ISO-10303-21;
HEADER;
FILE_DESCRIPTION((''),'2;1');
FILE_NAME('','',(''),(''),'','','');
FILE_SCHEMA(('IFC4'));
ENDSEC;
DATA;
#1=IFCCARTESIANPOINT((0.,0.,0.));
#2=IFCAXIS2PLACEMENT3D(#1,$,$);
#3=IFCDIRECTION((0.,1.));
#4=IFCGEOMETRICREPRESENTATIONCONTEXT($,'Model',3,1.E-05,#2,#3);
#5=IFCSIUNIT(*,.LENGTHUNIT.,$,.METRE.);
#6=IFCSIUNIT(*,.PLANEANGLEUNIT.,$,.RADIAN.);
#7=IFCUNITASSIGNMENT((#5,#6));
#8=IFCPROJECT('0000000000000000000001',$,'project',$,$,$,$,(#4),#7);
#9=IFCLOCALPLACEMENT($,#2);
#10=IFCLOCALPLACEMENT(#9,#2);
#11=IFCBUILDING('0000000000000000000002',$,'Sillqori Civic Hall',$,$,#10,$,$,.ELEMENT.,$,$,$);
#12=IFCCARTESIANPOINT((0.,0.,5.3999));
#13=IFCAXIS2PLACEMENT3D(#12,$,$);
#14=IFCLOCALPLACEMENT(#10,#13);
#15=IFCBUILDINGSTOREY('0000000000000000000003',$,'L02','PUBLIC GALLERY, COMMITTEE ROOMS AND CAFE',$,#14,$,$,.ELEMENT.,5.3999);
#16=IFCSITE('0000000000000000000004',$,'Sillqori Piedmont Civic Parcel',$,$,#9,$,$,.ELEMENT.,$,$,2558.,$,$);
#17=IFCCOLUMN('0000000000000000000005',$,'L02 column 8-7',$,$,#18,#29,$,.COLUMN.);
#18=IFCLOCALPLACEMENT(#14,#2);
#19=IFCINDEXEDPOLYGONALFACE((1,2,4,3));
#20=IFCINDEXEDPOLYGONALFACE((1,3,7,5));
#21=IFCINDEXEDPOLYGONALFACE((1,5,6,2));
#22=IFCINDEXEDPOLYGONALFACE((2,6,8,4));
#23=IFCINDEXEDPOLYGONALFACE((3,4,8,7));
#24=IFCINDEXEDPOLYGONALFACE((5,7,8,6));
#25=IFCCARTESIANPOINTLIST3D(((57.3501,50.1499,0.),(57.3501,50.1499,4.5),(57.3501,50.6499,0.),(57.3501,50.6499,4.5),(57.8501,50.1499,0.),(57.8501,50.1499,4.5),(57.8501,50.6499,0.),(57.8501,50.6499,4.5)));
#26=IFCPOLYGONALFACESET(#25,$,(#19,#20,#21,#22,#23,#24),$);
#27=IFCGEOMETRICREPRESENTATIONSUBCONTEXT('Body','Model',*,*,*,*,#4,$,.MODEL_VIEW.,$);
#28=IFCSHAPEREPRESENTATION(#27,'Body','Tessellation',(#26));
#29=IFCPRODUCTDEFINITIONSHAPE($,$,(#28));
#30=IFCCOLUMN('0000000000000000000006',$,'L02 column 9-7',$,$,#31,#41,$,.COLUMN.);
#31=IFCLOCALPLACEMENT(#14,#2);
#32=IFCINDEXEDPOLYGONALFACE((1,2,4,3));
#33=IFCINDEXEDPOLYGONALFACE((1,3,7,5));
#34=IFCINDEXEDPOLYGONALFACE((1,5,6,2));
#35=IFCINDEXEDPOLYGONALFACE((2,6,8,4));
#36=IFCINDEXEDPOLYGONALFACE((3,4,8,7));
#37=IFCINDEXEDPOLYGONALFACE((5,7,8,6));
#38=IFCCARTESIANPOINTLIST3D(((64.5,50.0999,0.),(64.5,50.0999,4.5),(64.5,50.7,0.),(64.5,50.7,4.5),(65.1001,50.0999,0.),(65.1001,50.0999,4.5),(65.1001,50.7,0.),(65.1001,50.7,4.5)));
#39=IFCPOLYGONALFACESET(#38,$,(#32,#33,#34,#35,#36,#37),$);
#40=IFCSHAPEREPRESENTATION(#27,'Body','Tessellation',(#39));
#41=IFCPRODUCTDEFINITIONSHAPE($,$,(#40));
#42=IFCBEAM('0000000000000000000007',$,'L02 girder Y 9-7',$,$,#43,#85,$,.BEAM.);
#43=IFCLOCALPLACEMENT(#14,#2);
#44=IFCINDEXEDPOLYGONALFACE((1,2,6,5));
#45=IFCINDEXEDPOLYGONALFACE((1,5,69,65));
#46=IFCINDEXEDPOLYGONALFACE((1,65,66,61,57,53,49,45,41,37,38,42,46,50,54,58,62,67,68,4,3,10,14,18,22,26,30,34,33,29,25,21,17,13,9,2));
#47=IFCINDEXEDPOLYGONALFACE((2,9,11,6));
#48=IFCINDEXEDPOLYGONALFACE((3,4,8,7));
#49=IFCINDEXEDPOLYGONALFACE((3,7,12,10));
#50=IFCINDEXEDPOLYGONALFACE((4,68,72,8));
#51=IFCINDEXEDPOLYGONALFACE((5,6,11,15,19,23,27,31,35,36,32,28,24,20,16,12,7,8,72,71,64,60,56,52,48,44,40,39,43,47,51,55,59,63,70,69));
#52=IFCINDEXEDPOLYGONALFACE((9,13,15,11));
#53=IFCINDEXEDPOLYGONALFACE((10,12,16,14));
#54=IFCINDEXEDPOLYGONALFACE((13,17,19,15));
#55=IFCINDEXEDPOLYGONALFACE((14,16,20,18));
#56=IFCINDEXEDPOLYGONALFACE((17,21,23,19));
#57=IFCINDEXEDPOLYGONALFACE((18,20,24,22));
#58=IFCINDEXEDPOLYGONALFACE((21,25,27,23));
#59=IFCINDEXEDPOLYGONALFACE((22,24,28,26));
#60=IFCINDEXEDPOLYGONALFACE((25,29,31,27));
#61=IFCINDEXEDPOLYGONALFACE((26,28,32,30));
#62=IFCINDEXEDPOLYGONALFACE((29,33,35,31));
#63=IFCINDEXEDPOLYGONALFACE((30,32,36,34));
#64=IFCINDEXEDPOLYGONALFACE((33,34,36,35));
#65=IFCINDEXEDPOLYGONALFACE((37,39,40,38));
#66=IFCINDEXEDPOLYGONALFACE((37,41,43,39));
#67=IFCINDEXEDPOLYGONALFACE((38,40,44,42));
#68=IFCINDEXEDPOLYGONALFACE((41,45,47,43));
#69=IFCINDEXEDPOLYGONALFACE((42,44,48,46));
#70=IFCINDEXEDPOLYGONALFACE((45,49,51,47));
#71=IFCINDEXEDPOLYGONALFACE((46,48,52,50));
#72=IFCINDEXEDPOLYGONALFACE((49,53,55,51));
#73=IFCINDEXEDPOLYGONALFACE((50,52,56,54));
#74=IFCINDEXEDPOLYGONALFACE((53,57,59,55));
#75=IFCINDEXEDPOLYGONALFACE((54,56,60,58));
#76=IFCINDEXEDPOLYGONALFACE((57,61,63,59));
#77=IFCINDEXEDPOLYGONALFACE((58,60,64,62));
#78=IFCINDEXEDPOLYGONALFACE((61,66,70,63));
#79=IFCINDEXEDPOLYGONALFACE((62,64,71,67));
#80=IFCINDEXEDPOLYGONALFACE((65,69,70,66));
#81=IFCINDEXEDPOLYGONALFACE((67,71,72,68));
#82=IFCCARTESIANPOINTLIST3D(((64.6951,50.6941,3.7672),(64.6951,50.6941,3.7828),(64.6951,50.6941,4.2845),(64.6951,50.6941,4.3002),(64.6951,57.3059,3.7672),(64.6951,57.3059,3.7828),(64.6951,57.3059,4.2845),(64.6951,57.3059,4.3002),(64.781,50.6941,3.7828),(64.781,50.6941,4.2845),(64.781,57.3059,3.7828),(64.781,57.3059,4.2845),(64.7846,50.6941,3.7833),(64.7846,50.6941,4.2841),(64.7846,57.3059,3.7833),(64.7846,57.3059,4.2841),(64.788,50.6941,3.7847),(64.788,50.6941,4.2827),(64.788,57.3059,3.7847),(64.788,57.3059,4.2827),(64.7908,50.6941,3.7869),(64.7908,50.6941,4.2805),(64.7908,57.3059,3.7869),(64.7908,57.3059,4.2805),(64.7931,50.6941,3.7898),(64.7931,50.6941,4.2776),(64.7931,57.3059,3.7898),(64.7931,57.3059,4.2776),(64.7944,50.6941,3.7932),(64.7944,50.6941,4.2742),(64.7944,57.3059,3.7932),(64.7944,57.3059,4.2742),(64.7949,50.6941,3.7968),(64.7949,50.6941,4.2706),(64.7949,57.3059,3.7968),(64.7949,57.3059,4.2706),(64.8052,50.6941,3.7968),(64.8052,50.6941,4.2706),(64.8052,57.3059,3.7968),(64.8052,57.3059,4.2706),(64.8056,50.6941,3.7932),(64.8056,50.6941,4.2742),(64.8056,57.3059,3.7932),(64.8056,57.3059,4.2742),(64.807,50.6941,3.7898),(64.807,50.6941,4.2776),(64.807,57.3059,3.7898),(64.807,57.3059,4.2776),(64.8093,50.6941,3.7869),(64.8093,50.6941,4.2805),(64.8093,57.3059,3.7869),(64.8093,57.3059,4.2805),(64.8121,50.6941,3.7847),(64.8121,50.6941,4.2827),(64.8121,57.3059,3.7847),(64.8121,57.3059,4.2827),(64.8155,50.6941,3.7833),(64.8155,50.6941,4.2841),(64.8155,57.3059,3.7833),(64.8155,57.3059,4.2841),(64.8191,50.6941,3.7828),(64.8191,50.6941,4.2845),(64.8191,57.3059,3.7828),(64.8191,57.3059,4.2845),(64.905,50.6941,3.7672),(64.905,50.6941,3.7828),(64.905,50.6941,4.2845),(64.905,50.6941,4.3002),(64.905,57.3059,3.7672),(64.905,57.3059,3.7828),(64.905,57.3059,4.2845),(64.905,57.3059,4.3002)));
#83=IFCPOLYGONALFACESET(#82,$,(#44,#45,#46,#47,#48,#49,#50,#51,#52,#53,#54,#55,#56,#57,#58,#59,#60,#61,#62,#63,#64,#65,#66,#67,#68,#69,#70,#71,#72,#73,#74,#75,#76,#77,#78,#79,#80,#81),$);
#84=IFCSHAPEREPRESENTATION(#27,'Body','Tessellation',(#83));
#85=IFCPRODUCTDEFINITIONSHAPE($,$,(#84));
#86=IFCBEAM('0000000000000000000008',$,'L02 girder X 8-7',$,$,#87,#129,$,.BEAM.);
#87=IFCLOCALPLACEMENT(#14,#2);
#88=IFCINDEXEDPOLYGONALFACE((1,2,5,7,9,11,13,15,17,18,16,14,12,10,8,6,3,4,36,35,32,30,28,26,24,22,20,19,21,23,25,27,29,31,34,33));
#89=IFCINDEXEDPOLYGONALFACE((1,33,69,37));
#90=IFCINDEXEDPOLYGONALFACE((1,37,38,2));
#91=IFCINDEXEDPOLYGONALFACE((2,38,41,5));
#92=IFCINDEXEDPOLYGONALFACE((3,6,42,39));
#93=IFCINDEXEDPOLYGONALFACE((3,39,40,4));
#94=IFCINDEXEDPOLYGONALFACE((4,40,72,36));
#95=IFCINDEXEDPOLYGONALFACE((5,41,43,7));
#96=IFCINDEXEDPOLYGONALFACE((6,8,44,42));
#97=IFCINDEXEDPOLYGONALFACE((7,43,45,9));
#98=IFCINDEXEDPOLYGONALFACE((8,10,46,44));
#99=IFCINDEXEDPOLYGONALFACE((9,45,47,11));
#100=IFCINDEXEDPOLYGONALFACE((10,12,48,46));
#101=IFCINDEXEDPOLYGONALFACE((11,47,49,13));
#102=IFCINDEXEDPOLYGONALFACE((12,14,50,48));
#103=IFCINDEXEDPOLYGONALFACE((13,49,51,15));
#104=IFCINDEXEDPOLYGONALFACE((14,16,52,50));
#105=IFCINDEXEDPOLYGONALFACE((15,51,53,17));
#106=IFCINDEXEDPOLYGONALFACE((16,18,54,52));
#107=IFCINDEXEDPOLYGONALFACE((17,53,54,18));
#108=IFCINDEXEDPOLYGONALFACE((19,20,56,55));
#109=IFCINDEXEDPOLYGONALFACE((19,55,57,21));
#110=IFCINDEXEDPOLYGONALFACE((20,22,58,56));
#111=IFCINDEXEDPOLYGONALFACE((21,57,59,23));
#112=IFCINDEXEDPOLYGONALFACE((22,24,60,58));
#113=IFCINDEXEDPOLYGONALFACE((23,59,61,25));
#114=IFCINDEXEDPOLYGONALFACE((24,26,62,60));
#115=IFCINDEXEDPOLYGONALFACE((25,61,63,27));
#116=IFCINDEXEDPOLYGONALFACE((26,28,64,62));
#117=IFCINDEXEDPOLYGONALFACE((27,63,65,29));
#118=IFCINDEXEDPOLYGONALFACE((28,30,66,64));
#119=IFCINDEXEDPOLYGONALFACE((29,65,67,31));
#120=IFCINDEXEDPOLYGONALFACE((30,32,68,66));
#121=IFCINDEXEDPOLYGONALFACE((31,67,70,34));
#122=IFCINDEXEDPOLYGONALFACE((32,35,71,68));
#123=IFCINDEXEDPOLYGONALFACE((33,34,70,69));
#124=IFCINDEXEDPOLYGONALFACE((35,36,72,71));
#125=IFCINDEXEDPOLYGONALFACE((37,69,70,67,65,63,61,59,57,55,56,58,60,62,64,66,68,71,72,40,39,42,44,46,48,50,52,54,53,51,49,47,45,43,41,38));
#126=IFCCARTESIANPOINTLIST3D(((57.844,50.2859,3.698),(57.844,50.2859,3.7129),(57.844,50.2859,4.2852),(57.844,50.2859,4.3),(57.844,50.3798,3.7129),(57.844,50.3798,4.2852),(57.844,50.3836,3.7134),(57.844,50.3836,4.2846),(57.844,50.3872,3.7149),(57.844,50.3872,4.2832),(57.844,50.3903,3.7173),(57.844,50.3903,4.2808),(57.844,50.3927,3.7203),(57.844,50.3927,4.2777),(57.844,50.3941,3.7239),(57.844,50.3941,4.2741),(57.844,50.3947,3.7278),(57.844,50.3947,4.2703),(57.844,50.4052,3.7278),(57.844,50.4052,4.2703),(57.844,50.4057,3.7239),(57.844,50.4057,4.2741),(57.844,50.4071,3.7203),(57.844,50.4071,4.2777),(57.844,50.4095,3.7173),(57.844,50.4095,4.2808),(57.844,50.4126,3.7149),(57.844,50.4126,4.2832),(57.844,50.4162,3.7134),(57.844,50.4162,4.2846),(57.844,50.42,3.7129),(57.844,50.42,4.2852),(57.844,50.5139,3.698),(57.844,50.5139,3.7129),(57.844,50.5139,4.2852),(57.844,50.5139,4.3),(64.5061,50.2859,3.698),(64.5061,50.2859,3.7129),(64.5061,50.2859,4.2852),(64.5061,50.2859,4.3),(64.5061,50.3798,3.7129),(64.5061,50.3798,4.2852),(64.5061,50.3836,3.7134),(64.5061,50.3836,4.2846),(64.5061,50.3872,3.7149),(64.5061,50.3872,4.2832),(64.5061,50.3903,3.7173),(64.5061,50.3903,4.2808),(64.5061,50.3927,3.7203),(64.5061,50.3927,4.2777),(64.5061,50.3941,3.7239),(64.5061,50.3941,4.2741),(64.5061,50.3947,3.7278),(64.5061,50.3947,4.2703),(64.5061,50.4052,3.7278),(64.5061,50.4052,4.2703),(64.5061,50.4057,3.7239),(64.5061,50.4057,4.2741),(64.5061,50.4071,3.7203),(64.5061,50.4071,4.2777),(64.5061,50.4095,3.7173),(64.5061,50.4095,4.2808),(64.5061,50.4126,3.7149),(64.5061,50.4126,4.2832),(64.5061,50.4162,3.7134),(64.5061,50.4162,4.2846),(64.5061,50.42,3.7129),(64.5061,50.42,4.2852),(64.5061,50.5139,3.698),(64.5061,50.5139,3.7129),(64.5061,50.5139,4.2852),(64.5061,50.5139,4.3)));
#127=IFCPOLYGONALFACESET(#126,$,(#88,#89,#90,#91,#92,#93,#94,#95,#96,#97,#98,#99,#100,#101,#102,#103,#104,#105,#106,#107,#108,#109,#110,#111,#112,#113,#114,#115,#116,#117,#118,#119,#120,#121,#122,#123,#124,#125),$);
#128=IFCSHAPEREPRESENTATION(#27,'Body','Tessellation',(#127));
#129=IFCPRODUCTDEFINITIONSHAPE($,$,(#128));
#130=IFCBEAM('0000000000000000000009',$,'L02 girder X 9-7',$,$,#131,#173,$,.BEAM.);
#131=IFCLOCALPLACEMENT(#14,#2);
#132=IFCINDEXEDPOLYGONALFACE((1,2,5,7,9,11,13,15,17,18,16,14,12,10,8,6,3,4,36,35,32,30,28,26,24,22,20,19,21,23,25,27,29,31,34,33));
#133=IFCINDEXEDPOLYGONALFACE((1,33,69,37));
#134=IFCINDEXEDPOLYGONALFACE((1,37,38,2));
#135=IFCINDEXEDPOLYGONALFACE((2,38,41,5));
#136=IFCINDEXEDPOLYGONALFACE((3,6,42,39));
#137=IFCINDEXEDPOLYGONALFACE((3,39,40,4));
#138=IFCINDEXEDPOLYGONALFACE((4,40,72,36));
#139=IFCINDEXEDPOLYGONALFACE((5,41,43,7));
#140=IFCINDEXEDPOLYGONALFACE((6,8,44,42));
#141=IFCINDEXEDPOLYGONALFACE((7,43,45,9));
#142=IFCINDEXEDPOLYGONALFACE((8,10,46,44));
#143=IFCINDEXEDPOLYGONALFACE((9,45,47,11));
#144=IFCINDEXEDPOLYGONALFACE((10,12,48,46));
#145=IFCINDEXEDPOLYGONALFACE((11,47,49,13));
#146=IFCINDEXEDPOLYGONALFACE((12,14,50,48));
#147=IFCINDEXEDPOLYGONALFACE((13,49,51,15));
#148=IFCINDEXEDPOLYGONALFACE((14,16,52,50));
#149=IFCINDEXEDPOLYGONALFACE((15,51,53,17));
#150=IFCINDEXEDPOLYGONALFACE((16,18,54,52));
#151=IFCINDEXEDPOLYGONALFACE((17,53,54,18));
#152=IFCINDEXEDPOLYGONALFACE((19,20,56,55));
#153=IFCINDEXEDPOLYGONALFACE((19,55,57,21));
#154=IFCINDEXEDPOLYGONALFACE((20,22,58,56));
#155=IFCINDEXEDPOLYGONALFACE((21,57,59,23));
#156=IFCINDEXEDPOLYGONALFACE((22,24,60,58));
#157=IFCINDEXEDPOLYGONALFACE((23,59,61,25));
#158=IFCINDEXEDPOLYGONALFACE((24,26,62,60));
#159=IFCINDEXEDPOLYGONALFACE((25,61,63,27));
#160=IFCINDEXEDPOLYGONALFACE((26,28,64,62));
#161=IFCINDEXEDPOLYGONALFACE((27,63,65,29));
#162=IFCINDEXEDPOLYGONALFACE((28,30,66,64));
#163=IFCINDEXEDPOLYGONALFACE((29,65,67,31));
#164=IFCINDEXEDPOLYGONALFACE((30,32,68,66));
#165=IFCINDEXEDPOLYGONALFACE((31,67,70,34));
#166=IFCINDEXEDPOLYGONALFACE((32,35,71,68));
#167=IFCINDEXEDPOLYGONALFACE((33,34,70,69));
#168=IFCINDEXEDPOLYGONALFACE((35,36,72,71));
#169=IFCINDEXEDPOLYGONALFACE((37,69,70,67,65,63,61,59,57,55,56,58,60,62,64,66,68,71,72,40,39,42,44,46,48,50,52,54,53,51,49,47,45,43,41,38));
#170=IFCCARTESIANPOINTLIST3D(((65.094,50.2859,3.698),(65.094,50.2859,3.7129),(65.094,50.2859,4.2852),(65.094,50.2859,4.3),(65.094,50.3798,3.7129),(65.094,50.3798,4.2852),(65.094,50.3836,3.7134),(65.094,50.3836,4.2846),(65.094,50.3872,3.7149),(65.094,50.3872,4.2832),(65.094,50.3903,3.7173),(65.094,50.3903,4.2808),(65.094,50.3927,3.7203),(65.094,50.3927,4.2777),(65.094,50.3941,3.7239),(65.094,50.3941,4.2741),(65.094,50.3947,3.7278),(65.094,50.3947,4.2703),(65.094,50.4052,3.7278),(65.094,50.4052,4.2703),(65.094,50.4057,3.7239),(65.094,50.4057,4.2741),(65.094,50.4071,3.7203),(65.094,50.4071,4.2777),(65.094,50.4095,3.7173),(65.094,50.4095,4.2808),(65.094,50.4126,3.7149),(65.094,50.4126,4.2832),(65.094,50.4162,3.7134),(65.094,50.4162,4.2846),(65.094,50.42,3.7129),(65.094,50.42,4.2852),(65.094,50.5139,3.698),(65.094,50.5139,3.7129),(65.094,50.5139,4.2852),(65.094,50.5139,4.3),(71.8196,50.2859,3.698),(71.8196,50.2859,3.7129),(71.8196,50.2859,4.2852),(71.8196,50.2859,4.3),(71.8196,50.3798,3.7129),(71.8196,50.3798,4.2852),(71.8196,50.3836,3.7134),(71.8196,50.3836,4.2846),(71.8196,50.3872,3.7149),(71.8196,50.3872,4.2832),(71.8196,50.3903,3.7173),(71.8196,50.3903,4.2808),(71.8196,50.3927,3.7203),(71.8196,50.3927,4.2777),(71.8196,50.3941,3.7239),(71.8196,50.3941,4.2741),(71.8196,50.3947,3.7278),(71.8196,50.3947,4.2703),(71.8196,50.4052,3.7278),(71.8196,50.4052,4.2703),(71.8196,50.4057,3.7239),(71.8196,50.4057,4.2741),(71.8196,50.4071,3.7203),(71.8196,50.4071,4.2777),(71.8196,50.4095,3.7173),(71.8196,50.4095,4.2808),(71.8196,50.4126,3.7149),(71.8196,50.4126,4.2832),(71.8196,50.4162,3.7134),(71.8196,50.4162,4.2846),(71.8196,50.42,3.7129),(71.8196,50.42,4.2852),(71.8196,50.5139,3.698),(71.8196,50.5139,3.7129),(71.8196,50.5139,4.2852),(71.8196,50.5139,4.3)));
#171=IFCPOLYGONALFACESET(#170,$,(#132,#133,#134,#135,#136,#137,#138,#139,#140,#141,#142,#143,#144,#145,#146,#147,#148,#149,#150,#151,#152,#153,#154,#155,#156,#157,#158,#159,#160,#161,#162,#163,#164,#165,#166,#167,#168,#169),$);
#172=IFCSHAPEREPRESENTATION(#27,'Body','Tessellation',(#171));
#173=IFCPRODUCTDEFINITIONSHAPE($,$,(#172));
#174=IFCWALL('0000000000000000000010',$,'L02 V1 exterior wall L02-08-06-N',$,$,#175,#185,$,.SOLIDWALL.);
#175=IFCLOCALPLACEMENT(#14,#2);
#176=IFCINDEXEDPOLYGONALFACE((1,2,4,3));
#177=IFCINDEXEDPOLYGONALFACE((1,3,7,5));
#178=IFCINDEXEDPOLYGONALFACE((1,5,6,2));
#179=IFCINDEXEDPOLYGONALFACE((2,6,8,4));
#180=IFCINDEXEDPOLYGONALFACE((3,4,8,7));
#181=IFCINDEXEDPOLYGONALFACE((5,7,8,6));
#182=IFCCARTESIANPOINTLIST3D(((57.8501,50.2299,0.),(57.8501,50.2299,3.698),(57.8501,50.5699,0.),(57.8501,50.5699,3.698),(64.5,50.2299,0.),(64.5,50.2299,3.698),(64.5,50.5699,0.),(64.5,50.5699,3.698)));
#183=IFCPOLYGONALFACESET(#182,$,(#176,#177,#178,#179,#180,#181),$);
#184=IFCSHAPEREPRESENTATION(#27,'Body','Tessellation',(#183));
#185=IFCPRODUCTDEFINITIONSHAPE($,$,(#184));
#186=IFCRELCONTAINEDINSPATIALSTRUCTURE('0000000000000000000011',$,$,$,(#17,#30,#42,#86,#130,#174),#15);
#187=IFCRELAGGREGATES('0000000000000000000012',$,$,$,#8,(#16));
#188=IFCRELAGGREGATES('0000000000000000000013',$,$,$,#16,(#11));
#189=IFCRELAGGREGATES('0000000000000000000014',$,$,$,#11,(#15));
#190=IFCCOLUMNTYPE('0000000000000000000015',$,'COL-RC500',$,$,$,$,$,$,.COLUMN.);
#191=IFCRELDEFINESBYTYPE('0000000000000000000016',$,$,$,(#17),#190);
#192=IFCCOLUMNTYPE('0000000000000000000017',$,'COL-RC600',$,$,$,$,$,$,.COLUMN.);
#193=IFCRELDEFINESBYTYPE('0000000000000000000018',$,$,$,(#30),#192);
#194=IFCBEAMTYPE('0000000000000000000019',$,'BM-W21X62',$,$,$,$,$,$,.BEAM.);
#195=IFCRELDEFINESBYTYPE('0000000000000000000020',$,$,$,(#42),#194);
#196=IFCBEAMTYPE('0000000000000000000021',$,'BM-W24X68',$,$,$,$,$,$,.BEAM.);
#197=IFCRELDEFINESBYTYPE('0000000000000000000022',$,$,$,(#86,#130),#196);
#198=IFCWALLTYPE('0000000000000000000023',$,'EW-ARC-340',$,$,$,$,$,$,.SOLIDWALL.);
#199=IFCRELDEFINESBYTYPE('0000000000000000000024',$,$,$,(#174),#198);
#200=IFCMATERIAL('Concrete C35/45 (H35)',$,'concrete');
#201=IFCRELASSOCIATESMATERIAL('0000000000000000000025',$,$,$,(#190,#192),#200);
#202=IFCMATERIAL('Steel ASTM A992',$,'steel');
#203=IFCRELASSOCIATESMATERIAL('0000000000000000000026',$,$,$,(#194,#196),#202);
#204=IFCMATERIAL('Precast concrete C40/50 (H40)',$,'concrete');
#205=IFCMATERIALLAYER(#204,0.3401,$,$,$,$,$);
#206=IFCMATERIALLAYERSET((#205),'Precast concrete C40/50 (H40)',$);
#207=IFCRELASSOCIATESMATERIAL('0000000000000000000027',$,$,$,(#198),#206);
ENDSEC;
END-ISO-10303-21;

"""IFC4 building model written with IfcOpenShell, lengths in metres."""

from ifc_helpers import new_model, si_unit, direction, frame, frame_2d, origin, origin_2d, place, context, subcontext, project, spatial, rectangle, i_section, extrude, material, layer, layer_set, material_profile, profile_set, type_object, element, save


model = new_model("IFC4")

# Units and contexts
model_context = context("Model", 3, precision=1e-05, world=origin(), true_north=direction((0.0, 1.0)))
body_context = subcontext(model_context, "Body", "Model", "MODEL_VIEW")
ifc_project = project(units=[si_unit("LENGTHUNIT", "METRE"), si_unit("PLANEANGLEUNIT", "RADIAN")], contexts=[model_context])

# Site, building, storey
site_placement = place(None, origin())
site = spatial("IfcSite", under=ifc_project, at=site_placement, Name="Sillqori Piedmont Civic Parcel", CompositionType="ELEMENT", RefElevation=2558.0)
building_placement = place(site_placement, origin())
building = spatial("IfcBuilding", under=site, at=building_placement, Name="Sillqori Civic Hall", CompositionType="ELEMENT")
storey_placement = place(building_placement, frame((0.0, 0.0, 5.3999)))
storey = spatial("IfcBuildingStorey", under=building, at=storey_placement, Name="L02", Description="PUBLIC GALLERY, COMMITTEE ROOMS AND CAFE", CompositionType="ELEMENT", Elevation=5.3999)

# Columns
ifc_material_1 = material(Name="Concrete C35/45 (H35)", Category="concrete")
ifc_material_profile_1 = material_profile(ifc_material_1, rectangle(XDim=0.5, YDim=0.5, at=origin_2d()), Name="RC 500x500")
ifc_profile_set_1 = profile_set([ifc_material_profile_1], Name="Concrete C35/45 (H35)")
column_type_1 = type_object("IfcColumnType", Name="COL-RC500", PredefinedType="COLUMN", material=ifc_profile_set_1)
column_1_placement = place(storey_placement, frame((57.6001, 50.3999, 0.0), z_axis=(0.0, 0.0, 1.0), x_axis=(1.0, 0.0, 0.0)))
element("IfcColumn", 1, at=column_1_placement, inside=storey, type_object=column_type_1, Name="L02 column 8-7", PredefinedType="COLUMN", context=body_context, shape_type="SweptSolid", body=[
    extrude(rectangle(XDim=0.5, YDim=0.5, at=origin_2d()), origin(), (0.0, 0.0, 1.0), 4.5),
])
ifc_material_profile_2 = material_profile(ifc_material_1, rectangle(XDim=0.6001, YDim=0.6001, at=origin_2d()), Name="RC 600x600")
ifc_profile_set_2 = profile_set([ifc_material_profile_2], Name="Concrete C35/45 (H35)")
column_type_2 = type_object("IfcColumnType", Name="COL-RC600", PredefinedType="COLUMN", material=ifc_profile_set_2)
column_2_placement = place(storey_placement, frame((64.8, 50.3999, 0.0), z_axis=(0.0, 0.0, 1.0), x_axis=(1.0, 0.0, 0.0)))
element("IfcColumn", 2, at=column_2_placement, inside=storey, type_object=column_type_2, Name="L02 column 9-7", PredefinedType="COLUMN", context=body_context, shape_type="SweptSolid", body=[
    extrude(rectangle(XDim=0.6001, YDim=0.6001, at=origin_2d()), origin(), (0.0, 0.0, 1.0), 4.5),
])

# Beams
ifc_material_2 = material(Name="Steel ASTM A992", Category="steel")
ifc_material_profile_3 = material_profile(ifc_material_2, i_section(OverallWidth=0.21, OverallDepth=0.533, WebThickness=0.0103, FlangeThickness=0.0156, FilletRadius=0.0139, at=origin_2d()), Name="W21X62")
ifc_profile_set_3 = profile_set([ifc_material_profile_3], Name="Steel ASTM A992")
beam_type_1 = type_object("IfcBeamType", Name="BM-W21X62", PredefinedType="BEAM", material=ifc_profile_set_3)
beam_1_placement = place(storey_placement, frame((64.8, 50.6941, 4.0337), z_axis=(0.0, 1.0, 0.0), x_axis=(-1.0, 0.0, 0.0)))
element("IfcBeam", 3, at=beam_1_placement, inside=storey, type_object=beam_type_1, Name="L02 girder Y 9-7", PredefinedType="BEAM", context=body_context, shape_type="SweptSolid", body=[
    extrude(i_section(OverallWidth=0.21, OverallDepth=0.533, WebThickness=0.0103, FlangeThickness=0.0156, FilletRadius=0.0139, at=origin_2d()), origin(), (0.0, 0.0, 1.0), 6.6118),
])
ifc_material_profile_4 = material_profile(ifc_material_2, i_section(OverallWidth=0.228, OverallDepth=0.6021, WebThickness=0.0105, FlangeThickness=0.0149, FilletRadius=0.0149, at=origin_2d()), Name="W24X68")
ifc_profile_set_4 = profile_set([ifc_material_profile_4], Name="Steel ASTM A992")
beam_type_2 = type_object("IfcBeamType", Name="BM-W24X68", PredefinedType="BEAM", material=ifc_profile_set_4)
beam_2_placement = place(storey_placement, frame((57.844, 50.3999, 3.999), z_axis=(1.0, 0.0, 0.0), x_axis=(0.0, 1.0, 0.0)))
element("IfcBeam", 4, at=beam_2_placement, inside=storey, type_object=beam_type_2, Name="L02 girder X 8-7", PredefinedType="BEAM", context=body_context, shape_type="SweptSolid", body=[
    extrude(i_section(OverallWidth=0.228, OverallDepth=0.6021, WebThickness=0.0105, FlangeThickness=0.0149, FilletRadius=0.0149, at=origin_2d()), origin(), (0.0, 0.0, 1.0), 6.6621),
])
beam_3_placement = place(storey_placement, frame((65.094, 50.3999, 3.999), z_axis=(1.0, 0.0, 0.0), x_axis=(0.0, 1.0, 0.0)))
element("IfcBeam", 5, at=beam_3_placement, inside=storey, type_object=beam_type_2, Name="L02 girder X 9-7", PredefinedType="BEAM", context=body_context, shape_type="SweptSolid", body=[
    extrude(i_section(OverallWidth=0.228, OverallDepth=0.6021, WebThickness=0.0105, FlangeThickness=0.0149, FilletRadius=0.0149, at=origin_2d()), origin(), (0.0, 0.0, 1.0), 6.7256),
])

# Wall
ifc_material_3 = material(Name="Precast concrete C40/50 (H40)", Category="concrete")
ifc_layer_1 = layer(ifc_material_3, 0.3401)
ifc_layer_set_1 = layer_set([ifc_layer_1], Name="Precast concrete C40/50 (H40)")
wall_type_1 = type_object("IfcWallType", Name="EW-ARC-340", PredefinedType="SOLIDWALL", material=ifc_layer_set_1)
wall_1_placement = place(storey_placement, frame((57.8501, 50.3999, 0.0), z_axis=(0.0, 0.0, 1.0), x_axis=(1.0, 0.0, 0.0)))
element("IfcWall", 6, at=wall_1_placement, inside=storey, type_object=wall_type_1, Name="L02 V1 exterior wall L02-08-06-N", PredefinedType="SOLIDWALL", context=body_context, shape_type="SweptSolid", body=[
    extrude(rectangle(XDim=6.6499, YDim=0.3401, at=frame_2d((3.325, 0.0))), origin(), (0.0, 0.0, 1.0), 3.698),
])

save(model, "model.ifc")
